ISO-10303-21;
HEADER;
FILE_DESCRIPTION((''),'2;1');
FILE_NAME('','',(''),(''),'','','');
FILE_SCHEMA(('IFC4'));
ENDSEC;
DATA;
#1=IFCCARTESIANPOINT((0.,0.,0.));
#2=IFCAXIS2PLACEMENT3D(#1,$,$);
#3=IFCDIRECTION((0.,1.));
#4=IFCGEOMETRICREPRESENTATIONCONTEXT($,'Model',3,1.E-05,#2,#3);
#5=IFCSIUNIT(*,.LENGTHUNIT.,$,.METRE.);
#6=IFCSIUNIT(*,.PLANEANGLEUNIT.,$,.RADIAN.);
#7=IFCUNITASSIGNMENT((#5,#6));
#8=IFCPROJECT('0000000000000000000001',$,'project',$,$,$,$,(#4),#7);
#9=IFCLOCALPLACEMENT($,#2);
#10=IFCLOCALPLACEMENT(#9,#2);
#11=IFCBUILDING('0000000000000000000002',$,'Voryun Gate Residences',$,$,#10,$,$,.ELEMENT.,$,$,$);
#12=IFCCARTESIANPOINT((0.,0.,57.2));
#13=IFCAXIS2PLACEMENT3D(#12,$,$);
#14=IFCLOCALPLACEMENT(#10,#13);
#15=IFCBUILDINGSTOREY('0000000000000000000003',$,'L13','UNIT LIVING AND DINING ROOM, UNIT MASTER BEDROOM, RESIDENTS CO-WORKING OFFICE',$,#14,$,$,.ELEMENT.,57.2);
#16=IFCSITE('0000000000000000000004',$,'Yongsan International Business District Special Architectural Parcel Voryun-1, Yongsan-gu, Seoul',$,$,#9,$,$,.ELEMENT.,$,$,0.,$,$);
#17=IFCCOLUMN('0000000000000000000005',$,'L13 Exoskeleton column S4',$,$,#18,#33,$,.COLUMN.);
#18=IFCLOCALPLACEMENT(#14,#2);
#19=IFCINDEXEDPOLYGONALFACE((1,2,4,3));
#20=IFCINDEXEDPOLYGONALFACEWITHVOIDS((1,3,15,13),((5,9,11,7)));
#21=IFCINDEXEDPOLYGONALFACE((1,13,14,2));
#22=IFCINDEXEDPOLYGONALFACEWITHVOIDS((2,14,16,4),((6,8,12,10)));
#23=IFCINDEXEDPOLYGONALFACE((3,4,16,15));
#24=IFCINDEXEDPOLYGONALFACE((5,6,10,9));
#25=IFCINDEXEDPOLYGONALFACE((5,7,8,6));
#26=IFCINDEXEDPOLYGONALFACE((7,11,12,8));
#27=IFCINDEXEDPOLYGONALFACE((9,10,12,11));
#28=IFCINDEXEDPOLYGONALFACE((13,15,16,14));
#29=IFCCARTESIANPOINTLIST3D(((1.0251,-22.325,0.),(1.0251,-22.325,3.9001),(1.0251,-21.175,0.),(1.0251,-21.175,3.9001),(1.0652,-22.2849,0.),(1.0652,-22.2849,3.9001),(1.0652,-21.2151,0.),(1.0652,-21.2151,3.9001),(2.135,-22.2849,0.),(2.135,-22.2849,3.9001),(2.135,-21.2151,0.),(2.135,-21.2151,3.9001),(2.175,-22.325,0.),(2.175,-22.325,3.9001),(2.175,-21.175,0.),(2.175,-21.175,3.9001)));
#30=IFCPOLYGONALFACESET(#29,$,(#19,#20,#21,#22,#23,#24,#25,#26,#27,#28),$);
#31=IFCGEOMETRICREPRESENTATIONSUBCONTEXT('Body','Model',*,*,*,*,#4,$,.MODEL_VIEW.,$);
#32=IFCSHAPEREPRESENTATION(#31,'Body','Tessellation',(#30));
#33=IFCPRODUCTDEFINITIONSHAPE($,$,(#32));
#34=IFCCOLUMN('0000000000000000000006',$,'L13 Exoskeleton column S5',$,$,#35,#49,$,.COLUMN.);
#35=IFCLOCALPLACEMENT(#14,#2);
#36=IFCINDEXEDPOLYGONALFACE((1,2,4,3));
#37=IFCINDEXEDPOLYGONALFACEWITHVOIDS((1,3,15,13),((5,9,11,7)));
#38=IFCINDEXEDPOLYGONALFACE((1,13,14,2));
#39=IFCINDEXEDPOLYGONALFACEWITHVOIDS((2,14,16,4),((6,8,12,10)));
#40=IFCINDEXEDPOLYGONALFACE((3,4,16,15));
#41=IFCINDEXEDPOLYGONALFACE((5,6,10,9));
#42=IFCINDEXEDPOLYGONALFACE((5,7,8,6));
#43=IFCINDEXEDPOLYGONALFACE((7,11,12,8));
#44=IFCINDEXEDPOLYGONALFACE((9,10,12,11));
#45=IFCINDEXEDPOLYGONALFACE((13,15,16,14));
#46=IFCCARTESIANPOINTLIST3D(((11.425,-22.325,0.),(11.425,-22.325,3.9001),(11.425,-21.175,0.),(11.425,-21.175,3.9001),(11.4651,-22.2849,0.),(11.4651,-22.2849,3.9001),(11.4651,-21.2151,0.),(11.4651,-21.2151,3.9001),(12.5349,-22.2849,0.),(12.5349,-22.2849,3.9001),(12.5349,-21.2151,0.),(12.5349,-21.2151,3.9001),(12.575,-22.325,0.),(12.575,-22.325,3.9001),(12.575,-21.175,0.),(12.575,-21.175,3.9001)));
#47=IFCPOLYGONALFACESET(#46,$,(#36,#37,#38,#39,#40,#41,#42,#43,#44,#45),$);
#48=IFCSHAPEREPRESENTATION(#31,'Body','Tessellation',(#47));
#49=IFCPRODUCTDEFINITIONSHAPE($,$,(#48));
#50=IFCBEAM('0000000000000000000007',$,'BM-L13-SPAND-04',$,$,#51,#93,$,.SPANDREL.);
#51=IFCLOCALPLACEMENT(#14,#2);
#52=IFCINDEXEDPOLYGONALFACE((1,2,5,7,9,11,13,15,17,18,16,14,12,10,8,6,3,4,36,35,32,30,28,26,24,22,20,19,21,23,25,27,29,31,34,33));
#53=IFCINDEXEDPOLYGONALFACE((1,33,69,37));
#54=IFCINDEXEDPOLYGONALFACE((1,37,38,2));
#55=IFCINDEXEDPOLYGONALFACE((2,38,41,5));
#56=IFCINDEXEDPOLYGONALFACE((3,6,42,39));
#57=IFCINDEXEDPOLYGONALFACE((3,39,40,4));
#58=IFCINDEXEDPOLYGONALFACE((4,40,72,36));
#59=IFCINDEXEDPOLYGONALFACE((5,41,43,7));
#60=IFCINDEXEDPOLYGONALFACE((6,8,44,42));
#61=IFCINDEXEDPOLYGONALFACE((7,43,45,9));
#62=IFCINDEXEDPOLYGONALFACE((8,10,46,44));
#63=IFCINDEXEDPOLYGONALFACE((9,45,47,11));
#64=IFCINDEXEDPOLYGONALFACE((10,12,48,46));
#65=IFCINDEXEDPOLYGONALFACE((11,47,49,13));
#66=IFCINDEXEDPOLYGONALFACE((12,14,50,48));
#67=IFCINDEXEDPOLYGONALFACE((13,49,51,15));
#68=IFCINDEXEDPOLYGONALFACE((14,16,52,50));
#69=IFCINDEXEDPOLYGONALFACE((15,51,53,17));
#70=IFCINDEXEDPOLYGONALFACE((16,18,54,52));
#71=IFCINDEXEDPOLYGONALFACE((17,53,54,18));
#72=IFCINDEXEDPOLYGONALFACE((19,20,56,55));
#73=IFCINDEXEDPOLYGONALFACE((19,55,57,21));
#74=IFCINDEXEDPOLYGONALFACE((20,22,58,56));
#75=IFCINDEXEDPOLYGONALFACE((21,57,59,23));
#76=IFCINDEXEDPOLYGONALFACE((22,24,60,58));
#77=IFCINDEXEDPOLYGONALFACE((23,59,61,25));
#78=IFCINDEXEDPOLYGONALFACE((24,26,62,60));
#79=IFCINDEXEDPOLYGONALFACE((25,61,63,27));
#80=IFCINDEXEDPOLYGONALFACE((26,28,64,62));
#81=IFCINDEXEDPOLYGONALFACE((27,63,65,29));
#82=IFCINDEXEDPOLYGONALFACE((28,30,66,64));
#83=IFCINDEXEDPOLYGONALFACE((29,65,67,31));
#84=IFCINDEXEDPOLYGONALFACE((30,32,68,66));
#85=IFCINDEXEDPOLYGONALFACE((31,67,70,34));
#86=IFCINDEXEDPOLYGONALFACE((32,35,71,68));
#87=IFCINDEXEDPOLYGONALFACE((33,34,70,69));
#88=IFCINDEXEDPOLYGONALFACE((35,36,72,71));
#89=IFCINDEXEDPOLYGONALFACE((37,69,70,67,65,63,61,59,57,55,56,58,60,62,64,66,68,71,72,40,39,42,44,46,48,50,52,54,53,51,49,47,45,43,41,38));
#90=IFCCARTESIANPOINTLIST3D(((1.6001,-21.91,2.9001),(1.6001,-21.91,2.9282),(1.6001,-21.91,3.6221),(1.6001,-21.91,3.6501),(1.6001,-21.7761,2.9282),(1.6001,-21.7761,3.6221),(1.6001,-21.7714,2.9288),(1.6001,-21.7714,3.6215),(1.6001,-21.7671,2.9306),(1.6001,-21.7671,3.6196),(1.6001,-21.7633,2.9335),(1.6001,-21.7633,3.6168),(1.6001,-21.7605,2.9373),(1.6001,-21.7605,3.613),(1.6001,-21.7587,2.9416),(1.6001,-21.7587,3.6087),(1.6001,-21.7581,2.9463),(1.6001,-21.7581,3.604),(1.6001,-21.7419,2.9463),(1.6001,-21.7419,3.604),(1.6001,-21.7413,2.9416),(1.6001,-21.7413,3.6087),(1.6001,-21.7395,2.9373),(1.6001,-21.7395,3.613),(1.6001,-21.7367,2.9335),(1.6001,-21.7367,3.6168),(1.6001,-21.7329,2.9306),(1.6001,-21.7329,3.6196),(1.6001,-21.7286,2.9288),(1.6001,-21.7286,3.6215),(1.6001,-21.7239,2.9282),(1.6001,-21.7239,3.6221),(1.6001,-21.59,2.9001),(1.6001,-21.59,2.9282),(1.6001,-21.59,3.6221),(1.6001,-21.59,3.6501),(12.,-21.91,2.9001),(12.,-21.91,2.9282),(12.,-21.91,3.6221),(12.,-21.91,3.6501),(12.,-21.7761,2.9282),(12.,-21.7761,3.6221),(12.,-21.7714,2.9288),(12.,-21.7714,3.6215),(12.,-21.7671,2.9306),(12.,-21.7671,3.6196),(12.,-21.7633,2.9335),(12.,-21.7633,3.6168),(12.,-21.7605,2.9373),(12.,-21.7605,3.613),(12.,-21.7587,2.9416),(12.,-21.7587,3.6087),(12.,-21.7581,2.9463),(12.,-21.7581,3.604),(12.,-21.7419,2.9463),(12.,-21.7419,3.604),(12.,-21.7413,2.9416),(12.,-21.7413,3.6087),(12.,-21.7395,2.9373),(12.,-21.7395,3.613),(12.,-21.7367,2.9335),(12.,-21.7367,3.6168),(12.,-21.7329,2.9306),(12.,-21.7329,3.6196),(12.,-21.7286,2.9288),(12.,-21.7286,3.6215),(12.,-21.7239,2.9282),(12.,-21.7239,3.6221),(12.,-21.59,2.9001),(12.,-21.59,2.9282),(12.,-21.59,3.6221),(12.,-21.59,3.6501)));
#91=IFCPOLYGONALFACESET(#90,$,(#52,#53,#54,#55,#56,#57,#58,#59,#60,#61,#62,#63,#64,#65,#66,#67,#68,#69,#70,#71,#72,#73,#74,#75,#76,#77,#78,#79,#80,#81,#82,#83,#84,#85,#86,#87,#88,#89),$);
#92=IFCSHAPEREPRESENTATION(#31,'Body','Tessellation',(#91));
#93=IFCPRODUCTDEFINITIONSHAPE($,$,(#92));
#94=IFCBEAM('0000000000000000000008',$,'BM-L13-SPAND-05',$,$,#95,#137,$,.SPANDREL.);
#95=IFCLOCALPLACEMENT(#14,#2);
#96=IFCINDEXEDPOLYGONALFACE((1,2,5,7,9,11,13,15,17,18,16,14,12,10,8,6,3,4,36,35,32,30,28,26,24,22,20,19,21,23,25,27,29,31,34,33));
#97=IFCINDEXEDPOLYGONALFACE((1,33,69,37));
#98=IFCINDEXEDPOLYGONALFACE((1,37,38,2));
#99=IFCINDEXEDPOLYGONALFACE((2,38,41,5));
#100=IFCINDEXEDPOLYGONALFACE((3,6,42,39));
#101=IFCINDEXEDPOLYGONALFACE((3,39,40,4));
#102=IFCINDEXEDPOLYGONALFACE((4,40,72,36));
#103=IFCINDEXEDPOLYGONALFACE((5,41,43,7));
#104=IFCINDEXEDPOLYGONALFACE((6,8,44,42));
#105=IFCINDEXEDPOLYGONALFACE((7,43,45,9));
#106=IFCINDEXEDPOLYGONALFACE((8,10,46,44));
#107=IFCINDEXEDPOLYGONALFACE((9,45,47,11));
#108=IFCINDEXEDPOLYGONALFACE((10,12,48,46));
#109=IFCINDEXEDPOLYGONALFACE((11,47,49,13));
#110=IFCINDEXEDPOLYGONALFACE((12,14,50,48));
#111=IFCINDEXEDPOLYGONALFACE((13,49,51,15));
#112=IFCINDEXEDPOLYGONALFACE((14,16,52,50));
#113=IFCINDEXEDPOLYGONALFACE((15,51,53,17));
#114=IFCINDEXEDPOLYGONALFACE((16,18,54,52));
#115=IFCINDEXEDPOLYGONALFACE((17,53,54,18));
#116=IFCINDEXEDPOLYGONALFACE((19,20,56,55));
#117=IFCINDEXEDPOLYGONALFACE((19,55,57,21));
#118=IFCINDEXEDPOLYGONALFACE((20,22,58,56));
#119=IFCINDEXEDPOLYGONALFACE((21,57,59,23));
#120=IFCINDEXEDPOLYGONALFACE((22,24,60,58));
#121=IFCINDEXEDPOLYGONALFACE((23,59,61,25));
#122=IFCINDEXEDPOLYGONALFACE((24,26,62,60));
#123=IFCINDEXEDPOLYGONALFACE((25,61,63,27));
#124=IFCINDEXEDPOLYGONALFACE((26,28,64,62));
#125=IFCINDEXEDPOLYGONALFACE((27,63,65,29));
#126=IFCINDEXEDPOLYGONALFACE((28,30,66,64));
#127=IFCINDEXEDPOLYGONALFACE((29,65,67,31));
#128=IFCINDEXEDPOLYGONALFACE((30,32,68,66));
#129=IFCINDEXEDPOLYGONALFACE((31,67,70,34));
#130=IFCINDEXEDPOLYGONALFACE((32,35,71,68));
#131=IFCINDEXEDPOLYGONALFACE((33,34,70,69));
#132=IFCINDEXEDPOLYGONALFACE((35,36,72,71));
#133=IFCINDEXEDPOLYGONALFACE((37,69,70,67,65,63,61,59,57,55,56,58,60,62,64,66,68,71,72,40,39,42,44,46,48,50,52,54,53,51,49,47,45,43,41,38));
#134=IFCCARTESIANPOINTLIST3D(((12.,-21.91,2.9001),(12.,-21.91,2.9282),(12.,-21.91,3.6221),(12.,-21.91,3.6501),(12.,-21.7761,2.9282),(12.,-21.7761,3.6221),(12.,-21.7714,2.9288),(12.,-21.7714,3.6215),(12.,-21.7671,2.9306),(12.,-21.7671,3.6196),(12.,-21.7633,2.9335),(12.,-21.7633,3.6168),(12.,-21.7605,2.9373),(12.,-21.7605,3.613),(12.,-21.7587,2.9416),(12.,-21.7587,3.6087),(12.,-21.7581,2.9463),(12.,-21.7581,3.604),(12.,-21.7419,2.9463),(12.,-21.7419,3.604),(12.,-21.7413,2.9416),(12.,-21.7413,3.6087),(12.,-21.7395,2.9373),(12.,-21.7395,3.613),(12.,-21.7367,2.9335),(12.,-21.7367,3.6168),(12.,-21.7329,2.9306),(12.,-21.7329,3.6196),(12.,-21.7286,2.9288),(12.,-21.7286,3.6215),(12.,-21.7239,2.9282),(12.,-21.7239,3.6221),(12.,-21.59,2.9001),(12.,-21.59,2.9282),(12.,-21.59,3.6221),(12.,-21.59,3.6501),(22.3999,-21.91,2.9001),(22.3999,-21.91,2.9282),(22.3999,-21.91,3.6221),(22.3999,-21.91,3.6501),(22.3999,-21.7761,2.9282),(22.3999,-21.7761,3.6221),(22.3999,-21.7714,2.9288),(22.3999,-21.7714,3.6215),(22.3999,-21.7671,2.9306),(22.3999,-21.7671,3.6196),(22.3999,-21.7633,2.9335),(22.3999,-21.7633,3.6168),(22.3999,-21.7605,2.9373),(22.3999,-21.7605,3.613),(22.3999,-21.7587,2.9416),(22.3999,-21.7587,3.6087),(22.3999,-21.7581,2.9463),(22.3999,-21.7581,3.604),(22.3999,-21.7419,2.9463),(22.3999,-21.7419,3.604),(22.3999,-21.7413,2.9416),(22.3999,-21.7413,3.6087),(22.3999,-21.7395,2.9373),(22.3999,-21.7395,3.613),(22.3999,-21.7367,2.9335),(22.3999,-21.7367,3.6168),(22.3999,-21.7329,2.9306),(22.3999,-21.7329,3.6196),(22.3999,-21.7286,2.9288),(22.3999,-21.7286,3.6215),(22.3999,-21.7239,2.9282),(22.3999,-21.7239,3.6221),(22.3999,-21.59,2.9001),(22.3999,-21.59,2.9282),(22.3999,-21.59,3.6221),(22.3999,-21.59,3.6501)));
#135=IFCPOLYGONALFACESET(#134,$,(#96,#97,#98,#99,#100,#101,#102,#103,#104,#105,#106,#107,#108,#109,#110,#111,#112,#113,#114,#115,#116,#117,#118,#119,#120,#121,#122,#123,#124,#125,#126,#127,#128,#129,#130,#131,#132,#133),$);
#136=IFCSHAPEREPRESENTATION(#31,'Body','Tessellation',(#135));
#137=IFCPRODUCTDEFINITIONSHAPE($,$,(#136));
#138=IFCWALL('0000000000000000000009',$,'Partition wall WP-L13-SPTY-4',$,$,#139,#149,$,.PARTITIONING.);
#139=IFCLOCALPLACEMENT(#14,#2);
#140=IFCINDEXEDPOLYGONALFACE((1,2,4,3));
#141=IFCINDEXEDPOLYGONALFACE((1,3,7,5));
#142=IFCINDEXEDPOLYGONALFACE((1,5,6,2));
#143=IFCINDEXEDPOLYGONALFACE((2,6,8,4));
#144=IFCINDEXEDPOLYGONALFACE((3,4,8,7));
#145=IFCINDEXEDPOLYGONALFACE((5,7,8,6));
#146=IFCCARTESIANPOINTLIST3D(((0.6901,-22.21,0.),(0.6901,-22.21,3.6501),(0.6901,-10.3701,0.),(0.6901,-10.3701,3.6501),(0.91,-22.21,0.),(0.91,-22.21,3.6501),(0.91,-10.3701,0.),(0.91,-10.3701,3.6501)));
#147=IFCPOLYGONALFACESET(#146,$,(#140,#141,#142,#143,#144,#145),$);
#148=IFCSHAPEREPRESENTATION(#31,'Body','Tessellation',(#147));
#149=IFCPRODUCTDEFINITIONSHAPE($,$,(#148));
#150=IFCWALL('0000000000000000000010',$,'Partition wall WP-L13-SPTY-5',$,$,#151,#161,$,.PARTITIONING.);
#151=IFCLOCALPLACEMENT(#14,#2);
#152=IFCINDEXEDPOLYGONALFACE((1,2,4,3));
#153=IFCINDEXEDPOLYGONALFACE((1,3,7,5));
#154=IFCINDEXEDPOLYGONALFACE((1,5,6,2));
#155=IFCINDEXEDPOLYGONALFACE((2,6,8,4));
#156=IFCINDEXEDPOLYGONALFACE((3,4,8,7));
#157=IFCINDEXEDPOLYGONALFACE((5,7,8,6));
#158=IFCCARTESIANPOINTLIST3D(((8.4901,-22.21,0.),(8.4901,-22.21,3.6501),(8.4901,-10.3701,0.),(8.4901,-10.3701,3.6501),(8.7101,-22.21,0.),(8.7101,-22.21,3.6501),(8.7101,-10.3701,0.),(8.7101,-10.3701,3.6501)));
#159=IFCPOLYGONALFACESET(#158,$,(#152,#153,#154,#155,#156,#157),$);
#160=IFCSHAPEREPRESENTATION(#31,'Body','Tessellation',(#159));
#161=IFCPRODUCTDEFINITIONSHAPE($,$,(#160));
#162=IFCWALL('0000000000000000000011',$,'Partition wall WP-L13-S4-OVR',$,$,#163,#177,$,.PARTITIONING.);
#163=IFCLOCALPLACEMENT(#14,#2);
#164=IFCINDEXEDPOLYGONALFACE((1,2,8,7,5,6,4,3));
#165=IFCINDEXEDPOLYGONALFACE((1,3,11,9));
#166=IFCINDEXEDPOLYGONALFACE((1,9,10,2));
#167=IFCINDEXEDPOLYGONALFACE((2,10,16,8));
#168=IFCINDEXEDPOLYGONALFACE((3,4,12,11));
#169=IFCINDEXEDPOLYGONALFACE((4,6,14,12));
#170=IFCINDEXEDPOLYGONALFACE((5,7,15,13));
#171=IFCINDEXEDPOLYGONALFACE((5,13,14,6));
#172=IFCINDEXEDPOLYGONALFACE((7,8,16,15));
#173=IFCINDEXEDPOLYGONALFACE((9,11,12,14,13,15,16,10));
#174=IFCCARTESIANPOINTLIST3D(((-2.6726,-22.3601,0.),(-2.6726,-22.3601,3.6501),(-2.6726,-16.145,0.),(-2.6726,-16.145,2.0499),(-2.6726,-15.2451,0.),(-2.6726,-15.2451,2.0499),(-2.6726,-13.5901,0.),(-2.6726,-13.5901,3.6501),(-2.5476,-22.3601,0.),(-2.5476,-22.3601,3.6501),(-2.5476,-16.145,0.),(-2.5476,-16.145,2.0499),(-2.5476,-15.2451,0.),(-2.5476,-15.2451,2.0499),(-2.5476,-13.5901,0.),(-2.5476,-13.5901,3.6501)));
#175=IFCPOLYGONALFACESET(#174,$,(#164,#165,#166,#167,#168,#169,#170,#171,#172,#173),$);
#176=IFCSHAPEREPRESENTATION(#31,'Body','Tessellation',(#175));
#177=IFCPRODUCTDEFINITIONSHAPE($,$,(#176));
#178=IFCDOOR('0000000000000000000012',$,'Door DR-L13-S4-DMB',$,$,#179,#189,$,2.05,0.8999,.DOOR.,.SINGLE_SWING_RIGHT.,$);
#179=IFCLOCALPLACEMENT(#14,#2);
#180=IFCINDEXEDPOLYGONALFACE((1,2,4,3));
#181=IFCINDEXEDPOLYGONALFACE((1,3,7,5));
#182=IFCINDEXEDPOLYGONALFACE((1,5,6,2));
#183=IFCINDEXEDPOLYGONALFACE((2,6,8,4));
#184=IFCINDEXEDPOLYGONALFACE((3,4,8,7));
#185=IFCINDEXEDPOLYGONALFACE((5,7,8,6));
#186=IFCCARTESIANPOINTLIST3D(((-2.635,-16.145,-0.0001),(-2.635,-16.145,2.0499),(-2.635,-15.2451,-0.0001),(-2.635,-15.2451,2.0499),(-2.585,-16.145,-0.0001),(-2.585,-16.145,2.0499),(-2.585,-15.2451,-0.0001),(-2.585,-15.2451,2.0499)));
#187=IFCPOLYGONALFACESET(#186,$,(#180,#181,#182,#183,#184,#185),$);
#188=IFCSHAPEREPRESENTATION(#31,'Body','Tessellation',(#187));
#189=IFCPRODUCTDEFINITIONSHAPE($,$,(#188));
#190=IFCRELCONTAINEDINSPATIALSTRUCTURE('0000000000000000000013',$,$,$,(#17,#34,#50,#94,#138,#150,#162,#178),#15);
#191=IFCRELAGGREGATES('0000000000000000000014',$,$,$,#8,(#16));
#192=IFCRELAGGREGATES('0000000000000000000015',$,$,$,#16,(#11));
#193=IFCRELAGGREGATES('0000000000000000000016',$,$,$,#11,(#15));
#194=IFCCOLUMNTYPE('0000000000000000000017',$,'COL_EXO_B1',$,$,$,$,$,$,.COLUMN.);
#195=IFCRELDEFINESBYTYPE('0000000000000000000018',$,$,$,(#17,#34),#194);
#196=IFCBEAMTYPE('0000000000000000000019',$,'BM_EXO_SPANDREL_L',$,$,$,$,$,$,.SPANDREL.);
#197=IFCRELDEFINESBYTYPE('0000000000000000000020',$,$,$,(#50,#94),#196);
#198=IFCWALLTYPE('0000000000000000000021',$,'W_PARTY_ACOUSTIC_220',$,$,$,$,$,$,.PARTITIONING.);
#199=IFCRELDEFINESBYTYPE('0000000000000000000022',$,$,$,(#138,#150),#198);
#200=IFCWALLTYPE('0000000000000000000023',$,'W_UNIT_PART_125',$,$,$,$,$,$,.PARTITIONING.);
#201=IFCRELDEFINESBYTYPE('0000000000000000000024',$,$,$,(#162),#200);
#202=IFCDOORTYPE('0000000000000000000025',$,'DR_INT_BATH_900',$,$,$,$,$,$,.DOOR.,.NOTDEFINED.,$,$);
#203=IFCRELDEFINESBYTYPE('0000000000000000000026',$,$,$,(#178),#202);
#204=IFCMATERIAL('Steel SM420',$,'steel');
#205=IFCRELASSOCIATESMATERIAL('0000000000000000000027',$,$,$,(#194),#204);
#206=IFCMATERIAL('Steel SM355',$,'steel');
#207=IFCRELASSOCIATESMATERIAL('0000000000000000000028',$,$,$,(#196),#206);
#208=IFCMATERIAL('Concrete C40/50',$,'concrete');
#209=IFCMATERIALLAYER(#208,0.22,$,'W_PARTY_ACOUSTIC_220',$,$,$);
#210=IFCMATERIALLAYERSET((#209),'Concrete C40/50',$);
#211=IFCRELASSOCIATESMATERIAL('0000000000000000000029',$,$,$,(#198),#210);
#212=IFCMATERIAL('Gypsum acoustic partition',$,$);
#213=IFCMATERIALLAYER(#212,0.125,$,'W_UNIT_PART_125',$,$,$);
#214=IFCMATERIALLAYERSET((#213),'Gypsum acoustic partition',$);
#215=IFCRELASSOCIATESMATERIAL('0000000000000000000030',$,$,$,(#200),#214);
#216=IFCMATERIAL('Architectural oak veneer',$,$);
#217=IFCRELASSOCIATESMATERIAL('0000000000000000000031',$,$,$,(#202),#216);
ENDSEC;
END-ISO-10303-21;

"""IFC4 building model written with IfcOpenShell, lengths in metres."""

from ifc_helpers import new_model, si_unit, direction, frame, frame_2d, origin, origin_2d, place, context, subcontext, project, spatial, rectangle, hollow_rectangle, i_section, extrude, material, layer, layer_set, material_profile, profile_set, type_object, element, fill, save


model = new_model("IFC4")

# Units and contexts
model_context = context("Model", 3, precision=1e-05, world=origin(), true_north=direction((0.0, 1.0)))
body_context = subcontext(model_context, "Body", "Model", "MODEL_VIEW")
ifc_project = project(units=[si_unit("LENGTHUNIT", "METRE"), si_unit("PLANEANGLEUNIT", "RADIAN")], contexts=[model_context])

# Site, building, storey
site_placement = place(None, origin())
site = spatial("IfcSite", under=ifc_project, at=site_placement, Name="Yongsan International Business District Special Architectural Parcel Voryun-1, Yongsan-gu, Seoul", CompositionType="ELEMENT", RefElevation=0.0)
building_placement = place(site_placement, origin())
building = spatial("IfcBuilding", under=site, at=building_placement, Name="Voryun Gate Residences", CompositionType="ELEMENT")
storey_placement = place(building_placement, frame((0.0, 0.0, 57.2)))
storey = spatial("IfcBuildingStorey", under=building, at=storey_placement, Name="L13", Description="UNIT LIVING AND DINING ROOM, UNIT MASTER BEDROOM, RESIDENTS CO-WORKING OFFICE", CompositionType="ELEMENT", Elevation=57.2)

# Columns
ifc_material_1 = material(Name="Steel SM420", Category="steel")
ifc_material_profile_1 = material_profile(ifc_material_1, hollow_rectangle(XDim=1.1499, YDim=1.1499, WallThickness=0.04, at=origin_2d()), Name="BOX-1150x1150x40")
ifc_profile_set_1 = profile_set([ifc_material_profile_1], Name="Steel SM420")
column_type = type_object("IfcColumnType", Name="COL_EXO_B1", PredefinedType="COLUMN", material=ifc_profile_set_1)
for number, where, z_axis, x_axis, name in (
    (1, (1.6001, -21.75, 0.0), (0.0, 0.0, 1.0), (1.0, 0.0, 0.0), "L13 Exoskeleton column S4"),
    (2, (12.0, -21.75, 0.0), (0.0, 0.0, 1.0), (1.0, 0.0, 0.0), "L13 Exoskeleton column S5"),
):
    element("IfcColumn", number, at=place(storey_placement, frame(where, z_axis=z_axis, x_axis=x_axis)), inside=storey, type_object=column_type, Name=name, PredefinedType="COLUMN", context=body_context, shape_type="SweptSolid", body=[
        extrude(hollow_rectangle(XDim=1.1499, YDim=1.1499, WallThickness=0.04, at=origin_2d()), origin(), (0.0, 0.0, 1.0), 3.9001),
    ])

# Beams
ifc_material_2 = material(Name="Steel SM355", Category="steel")
ifc_material_profile_2 = material_profile(ifc_material_2, i_section(OverallWidth=0.3201, OverallDepth=0.75, WebThickness=0.0161, FlangeThickness=0.0281, FilletRadius=0.0181, at=origin_2d()), Name="H-750x320x16x28")
ifc_profile_set_2 = profile_set([ifc_material_profile_2], Name="Steel SM355")
beam_type = type_object("IfcBeamType", Name="BM_EXO_SPANDREL_L", PredefinedType="SPANDREL", material=ifc_profile_set_2)
for number, where, z_axis, x_axis, name in (
    (3, (1.6001, -21.75, 3.2751), (1.0, 0.0, 0.0), (0.0, 1.0, 0.0), "BM-L13-SPAND-04"),
    (4, (12.0, -21.75, 3.2751), (1.0, 0.0, 0.0), (0.0, 1.0, 0.0), "BM-L13-SPAND-05"),
):
    element("IfcBeam", number, at=place(storey_placement, frame(where, z_axis=z_axis, x_axis=x_axis)), inside=storey, type_object=beam_type, Name=name, PredefinedType="SPANDREL", context=body_context, shape_type="SweptSolid", body=[
        extrude(i_section(OverallWidth=0.3201, OverallDepth=0.75, WebThickness=0.0161, FlangeThickness=0.0281, FilletRadius=0.0181, at=origin_2d()), origin(), (0.0, 0.0, 1.0), 10.3999),
    ])

# Walls
ifc_material_3 = material(Name="Concrete C40/50", Category="concrete")
ifc_layer_1 = layer(ifc_material_3, 0.22, Name="W_PARTY_ACOUSTIC_220")
ifc_layer_set_1 = layer_set([ifc_layer_1], Name="Concrete C40/50")
wall_type_1 = type_object("IfcWallType", Name="W_PARTY_ACOUSTIC_220", PredefinedType="PARTITIONING", material=ifc_layer_set_1)
for number, where, z_axis, x_axis, name in (
    (5, (0.8, -22.21, 0.0), (0.0, 0.0, 1.0), (0.0, 1.0, 0.0), "Partition wall WP-L13-SPTY-4"),
    (6, (8.6001, -22.21, 0.0), (0.0, 0.0, 1.0), (0.0, 1.0, 0.0), "Partition wall WP-L13-SPTY-5"),
):
    element("IfcWall", number, at=place(storey_placement, frame(where, z_axis=z_axis, x_axis=x_axis)), inside=storey, type_object=wall_type_1, Name=name, PredefinedType="PARTITIONING", context=body_context, shape_type="SweptSolid", body=[
        extrude(rectangle(XDim=11.8398, YDim=0.22, at=frame_2d((5.9199, 0.0))), origin(), (0.0, 0.0, 1.0), 3.6501),
    ])

# Wall, opening, door
ifc_material_4 = material(Name="Gypsum acoustic partition")
ifc_layer_2 = layer(ifc_material_4, 0.125, Name="W_UNIT_PART_125")
ifc_layer_set_2 = layer_set([ifc_layer_2], Name="Gypsum acoustic partition")
wall_type_2 = type_object("IfcWallType", Name="W_UNIT_PART_125", PredefinedType="PARTITIONING", material=ifc_layer_set_2)
wall_1_placement = place(storey_placement, frame((-2.6101, -22.3601, 0.0), z_axis=(0.0, 0.0, 1.0), x_axis=(0.0, 1.0, 0.0)))
wall_1 = element("IfcWall", 7, at=wall_1_placement, inside=storey, type_object=wall_type_2, Name="Partition wall WP-L13-S4-OVR", PredefinedType="PARTITIONING", context=body_context, shape_type="SweptSolid", body=[
    extrude(rectangle(XDim=8.77, YDim=0.125, at=frame_2d((4.385, 0.0))), origin(), (0.0, 0.0, 1.0), 3.6501),
])
opening_1_placement = place(wall_1_placement, frame((6.2151, 0.0, 0.0)))
opening_1 = element("IfcOpeningElement", 8, at=opening_1_placement, cuts=wall_1, PredefinedType="OPENING", context=body_context, shape_type="SweptSolid", body=[
    extrude(rectangle(XDim=0.8999, YDim=2.05, at=frame_2d((0.45, 1.0249))), frame((0.0, 0.0725, 0.0), z_axis=(0.0, -1.0, 0.0), x_axis=(1.0, 0.0, 0.0)), (0.0, 0.0, 1.0), 0.145),
])
ifc_material_5 = material(Name="Architectural oak veneer")
door_type_1 = type_object("IfcDoorType", Name="DR_INT_BATH_900", OperationType="NOTDEFINED", PredefinedType="DOOR", material=ifc_material_5)
door_1_placement = place(opening_1_placement, origin())
door_1 = element("IfcDoor", 9, at=door_1_placement, inside=storey, type_object=door_type_1, Name="Door DR-L13-S4-DMB", OperationType="SINGLE_SWING_RIGHT", OverallHeight=2.05, OverallWidth=0.8999, PredefinedType="DOOR", context=body_context, shape_type="SweptSolid", body=[
    extrude(rectangle(XDim=0.8999, YDim=2.05, at=frame_2d((0.45, 1.0249))), frame((0.0, 0.0249, 0.0), z_axis=(0.0, -1.0, 0.0), x_axis=(1.0, 0.0, 0.0)), (0.0, 0.0, 1.0), 0.05),
])
fill(opening_1, door_1)

save(model, "model.ifc")
